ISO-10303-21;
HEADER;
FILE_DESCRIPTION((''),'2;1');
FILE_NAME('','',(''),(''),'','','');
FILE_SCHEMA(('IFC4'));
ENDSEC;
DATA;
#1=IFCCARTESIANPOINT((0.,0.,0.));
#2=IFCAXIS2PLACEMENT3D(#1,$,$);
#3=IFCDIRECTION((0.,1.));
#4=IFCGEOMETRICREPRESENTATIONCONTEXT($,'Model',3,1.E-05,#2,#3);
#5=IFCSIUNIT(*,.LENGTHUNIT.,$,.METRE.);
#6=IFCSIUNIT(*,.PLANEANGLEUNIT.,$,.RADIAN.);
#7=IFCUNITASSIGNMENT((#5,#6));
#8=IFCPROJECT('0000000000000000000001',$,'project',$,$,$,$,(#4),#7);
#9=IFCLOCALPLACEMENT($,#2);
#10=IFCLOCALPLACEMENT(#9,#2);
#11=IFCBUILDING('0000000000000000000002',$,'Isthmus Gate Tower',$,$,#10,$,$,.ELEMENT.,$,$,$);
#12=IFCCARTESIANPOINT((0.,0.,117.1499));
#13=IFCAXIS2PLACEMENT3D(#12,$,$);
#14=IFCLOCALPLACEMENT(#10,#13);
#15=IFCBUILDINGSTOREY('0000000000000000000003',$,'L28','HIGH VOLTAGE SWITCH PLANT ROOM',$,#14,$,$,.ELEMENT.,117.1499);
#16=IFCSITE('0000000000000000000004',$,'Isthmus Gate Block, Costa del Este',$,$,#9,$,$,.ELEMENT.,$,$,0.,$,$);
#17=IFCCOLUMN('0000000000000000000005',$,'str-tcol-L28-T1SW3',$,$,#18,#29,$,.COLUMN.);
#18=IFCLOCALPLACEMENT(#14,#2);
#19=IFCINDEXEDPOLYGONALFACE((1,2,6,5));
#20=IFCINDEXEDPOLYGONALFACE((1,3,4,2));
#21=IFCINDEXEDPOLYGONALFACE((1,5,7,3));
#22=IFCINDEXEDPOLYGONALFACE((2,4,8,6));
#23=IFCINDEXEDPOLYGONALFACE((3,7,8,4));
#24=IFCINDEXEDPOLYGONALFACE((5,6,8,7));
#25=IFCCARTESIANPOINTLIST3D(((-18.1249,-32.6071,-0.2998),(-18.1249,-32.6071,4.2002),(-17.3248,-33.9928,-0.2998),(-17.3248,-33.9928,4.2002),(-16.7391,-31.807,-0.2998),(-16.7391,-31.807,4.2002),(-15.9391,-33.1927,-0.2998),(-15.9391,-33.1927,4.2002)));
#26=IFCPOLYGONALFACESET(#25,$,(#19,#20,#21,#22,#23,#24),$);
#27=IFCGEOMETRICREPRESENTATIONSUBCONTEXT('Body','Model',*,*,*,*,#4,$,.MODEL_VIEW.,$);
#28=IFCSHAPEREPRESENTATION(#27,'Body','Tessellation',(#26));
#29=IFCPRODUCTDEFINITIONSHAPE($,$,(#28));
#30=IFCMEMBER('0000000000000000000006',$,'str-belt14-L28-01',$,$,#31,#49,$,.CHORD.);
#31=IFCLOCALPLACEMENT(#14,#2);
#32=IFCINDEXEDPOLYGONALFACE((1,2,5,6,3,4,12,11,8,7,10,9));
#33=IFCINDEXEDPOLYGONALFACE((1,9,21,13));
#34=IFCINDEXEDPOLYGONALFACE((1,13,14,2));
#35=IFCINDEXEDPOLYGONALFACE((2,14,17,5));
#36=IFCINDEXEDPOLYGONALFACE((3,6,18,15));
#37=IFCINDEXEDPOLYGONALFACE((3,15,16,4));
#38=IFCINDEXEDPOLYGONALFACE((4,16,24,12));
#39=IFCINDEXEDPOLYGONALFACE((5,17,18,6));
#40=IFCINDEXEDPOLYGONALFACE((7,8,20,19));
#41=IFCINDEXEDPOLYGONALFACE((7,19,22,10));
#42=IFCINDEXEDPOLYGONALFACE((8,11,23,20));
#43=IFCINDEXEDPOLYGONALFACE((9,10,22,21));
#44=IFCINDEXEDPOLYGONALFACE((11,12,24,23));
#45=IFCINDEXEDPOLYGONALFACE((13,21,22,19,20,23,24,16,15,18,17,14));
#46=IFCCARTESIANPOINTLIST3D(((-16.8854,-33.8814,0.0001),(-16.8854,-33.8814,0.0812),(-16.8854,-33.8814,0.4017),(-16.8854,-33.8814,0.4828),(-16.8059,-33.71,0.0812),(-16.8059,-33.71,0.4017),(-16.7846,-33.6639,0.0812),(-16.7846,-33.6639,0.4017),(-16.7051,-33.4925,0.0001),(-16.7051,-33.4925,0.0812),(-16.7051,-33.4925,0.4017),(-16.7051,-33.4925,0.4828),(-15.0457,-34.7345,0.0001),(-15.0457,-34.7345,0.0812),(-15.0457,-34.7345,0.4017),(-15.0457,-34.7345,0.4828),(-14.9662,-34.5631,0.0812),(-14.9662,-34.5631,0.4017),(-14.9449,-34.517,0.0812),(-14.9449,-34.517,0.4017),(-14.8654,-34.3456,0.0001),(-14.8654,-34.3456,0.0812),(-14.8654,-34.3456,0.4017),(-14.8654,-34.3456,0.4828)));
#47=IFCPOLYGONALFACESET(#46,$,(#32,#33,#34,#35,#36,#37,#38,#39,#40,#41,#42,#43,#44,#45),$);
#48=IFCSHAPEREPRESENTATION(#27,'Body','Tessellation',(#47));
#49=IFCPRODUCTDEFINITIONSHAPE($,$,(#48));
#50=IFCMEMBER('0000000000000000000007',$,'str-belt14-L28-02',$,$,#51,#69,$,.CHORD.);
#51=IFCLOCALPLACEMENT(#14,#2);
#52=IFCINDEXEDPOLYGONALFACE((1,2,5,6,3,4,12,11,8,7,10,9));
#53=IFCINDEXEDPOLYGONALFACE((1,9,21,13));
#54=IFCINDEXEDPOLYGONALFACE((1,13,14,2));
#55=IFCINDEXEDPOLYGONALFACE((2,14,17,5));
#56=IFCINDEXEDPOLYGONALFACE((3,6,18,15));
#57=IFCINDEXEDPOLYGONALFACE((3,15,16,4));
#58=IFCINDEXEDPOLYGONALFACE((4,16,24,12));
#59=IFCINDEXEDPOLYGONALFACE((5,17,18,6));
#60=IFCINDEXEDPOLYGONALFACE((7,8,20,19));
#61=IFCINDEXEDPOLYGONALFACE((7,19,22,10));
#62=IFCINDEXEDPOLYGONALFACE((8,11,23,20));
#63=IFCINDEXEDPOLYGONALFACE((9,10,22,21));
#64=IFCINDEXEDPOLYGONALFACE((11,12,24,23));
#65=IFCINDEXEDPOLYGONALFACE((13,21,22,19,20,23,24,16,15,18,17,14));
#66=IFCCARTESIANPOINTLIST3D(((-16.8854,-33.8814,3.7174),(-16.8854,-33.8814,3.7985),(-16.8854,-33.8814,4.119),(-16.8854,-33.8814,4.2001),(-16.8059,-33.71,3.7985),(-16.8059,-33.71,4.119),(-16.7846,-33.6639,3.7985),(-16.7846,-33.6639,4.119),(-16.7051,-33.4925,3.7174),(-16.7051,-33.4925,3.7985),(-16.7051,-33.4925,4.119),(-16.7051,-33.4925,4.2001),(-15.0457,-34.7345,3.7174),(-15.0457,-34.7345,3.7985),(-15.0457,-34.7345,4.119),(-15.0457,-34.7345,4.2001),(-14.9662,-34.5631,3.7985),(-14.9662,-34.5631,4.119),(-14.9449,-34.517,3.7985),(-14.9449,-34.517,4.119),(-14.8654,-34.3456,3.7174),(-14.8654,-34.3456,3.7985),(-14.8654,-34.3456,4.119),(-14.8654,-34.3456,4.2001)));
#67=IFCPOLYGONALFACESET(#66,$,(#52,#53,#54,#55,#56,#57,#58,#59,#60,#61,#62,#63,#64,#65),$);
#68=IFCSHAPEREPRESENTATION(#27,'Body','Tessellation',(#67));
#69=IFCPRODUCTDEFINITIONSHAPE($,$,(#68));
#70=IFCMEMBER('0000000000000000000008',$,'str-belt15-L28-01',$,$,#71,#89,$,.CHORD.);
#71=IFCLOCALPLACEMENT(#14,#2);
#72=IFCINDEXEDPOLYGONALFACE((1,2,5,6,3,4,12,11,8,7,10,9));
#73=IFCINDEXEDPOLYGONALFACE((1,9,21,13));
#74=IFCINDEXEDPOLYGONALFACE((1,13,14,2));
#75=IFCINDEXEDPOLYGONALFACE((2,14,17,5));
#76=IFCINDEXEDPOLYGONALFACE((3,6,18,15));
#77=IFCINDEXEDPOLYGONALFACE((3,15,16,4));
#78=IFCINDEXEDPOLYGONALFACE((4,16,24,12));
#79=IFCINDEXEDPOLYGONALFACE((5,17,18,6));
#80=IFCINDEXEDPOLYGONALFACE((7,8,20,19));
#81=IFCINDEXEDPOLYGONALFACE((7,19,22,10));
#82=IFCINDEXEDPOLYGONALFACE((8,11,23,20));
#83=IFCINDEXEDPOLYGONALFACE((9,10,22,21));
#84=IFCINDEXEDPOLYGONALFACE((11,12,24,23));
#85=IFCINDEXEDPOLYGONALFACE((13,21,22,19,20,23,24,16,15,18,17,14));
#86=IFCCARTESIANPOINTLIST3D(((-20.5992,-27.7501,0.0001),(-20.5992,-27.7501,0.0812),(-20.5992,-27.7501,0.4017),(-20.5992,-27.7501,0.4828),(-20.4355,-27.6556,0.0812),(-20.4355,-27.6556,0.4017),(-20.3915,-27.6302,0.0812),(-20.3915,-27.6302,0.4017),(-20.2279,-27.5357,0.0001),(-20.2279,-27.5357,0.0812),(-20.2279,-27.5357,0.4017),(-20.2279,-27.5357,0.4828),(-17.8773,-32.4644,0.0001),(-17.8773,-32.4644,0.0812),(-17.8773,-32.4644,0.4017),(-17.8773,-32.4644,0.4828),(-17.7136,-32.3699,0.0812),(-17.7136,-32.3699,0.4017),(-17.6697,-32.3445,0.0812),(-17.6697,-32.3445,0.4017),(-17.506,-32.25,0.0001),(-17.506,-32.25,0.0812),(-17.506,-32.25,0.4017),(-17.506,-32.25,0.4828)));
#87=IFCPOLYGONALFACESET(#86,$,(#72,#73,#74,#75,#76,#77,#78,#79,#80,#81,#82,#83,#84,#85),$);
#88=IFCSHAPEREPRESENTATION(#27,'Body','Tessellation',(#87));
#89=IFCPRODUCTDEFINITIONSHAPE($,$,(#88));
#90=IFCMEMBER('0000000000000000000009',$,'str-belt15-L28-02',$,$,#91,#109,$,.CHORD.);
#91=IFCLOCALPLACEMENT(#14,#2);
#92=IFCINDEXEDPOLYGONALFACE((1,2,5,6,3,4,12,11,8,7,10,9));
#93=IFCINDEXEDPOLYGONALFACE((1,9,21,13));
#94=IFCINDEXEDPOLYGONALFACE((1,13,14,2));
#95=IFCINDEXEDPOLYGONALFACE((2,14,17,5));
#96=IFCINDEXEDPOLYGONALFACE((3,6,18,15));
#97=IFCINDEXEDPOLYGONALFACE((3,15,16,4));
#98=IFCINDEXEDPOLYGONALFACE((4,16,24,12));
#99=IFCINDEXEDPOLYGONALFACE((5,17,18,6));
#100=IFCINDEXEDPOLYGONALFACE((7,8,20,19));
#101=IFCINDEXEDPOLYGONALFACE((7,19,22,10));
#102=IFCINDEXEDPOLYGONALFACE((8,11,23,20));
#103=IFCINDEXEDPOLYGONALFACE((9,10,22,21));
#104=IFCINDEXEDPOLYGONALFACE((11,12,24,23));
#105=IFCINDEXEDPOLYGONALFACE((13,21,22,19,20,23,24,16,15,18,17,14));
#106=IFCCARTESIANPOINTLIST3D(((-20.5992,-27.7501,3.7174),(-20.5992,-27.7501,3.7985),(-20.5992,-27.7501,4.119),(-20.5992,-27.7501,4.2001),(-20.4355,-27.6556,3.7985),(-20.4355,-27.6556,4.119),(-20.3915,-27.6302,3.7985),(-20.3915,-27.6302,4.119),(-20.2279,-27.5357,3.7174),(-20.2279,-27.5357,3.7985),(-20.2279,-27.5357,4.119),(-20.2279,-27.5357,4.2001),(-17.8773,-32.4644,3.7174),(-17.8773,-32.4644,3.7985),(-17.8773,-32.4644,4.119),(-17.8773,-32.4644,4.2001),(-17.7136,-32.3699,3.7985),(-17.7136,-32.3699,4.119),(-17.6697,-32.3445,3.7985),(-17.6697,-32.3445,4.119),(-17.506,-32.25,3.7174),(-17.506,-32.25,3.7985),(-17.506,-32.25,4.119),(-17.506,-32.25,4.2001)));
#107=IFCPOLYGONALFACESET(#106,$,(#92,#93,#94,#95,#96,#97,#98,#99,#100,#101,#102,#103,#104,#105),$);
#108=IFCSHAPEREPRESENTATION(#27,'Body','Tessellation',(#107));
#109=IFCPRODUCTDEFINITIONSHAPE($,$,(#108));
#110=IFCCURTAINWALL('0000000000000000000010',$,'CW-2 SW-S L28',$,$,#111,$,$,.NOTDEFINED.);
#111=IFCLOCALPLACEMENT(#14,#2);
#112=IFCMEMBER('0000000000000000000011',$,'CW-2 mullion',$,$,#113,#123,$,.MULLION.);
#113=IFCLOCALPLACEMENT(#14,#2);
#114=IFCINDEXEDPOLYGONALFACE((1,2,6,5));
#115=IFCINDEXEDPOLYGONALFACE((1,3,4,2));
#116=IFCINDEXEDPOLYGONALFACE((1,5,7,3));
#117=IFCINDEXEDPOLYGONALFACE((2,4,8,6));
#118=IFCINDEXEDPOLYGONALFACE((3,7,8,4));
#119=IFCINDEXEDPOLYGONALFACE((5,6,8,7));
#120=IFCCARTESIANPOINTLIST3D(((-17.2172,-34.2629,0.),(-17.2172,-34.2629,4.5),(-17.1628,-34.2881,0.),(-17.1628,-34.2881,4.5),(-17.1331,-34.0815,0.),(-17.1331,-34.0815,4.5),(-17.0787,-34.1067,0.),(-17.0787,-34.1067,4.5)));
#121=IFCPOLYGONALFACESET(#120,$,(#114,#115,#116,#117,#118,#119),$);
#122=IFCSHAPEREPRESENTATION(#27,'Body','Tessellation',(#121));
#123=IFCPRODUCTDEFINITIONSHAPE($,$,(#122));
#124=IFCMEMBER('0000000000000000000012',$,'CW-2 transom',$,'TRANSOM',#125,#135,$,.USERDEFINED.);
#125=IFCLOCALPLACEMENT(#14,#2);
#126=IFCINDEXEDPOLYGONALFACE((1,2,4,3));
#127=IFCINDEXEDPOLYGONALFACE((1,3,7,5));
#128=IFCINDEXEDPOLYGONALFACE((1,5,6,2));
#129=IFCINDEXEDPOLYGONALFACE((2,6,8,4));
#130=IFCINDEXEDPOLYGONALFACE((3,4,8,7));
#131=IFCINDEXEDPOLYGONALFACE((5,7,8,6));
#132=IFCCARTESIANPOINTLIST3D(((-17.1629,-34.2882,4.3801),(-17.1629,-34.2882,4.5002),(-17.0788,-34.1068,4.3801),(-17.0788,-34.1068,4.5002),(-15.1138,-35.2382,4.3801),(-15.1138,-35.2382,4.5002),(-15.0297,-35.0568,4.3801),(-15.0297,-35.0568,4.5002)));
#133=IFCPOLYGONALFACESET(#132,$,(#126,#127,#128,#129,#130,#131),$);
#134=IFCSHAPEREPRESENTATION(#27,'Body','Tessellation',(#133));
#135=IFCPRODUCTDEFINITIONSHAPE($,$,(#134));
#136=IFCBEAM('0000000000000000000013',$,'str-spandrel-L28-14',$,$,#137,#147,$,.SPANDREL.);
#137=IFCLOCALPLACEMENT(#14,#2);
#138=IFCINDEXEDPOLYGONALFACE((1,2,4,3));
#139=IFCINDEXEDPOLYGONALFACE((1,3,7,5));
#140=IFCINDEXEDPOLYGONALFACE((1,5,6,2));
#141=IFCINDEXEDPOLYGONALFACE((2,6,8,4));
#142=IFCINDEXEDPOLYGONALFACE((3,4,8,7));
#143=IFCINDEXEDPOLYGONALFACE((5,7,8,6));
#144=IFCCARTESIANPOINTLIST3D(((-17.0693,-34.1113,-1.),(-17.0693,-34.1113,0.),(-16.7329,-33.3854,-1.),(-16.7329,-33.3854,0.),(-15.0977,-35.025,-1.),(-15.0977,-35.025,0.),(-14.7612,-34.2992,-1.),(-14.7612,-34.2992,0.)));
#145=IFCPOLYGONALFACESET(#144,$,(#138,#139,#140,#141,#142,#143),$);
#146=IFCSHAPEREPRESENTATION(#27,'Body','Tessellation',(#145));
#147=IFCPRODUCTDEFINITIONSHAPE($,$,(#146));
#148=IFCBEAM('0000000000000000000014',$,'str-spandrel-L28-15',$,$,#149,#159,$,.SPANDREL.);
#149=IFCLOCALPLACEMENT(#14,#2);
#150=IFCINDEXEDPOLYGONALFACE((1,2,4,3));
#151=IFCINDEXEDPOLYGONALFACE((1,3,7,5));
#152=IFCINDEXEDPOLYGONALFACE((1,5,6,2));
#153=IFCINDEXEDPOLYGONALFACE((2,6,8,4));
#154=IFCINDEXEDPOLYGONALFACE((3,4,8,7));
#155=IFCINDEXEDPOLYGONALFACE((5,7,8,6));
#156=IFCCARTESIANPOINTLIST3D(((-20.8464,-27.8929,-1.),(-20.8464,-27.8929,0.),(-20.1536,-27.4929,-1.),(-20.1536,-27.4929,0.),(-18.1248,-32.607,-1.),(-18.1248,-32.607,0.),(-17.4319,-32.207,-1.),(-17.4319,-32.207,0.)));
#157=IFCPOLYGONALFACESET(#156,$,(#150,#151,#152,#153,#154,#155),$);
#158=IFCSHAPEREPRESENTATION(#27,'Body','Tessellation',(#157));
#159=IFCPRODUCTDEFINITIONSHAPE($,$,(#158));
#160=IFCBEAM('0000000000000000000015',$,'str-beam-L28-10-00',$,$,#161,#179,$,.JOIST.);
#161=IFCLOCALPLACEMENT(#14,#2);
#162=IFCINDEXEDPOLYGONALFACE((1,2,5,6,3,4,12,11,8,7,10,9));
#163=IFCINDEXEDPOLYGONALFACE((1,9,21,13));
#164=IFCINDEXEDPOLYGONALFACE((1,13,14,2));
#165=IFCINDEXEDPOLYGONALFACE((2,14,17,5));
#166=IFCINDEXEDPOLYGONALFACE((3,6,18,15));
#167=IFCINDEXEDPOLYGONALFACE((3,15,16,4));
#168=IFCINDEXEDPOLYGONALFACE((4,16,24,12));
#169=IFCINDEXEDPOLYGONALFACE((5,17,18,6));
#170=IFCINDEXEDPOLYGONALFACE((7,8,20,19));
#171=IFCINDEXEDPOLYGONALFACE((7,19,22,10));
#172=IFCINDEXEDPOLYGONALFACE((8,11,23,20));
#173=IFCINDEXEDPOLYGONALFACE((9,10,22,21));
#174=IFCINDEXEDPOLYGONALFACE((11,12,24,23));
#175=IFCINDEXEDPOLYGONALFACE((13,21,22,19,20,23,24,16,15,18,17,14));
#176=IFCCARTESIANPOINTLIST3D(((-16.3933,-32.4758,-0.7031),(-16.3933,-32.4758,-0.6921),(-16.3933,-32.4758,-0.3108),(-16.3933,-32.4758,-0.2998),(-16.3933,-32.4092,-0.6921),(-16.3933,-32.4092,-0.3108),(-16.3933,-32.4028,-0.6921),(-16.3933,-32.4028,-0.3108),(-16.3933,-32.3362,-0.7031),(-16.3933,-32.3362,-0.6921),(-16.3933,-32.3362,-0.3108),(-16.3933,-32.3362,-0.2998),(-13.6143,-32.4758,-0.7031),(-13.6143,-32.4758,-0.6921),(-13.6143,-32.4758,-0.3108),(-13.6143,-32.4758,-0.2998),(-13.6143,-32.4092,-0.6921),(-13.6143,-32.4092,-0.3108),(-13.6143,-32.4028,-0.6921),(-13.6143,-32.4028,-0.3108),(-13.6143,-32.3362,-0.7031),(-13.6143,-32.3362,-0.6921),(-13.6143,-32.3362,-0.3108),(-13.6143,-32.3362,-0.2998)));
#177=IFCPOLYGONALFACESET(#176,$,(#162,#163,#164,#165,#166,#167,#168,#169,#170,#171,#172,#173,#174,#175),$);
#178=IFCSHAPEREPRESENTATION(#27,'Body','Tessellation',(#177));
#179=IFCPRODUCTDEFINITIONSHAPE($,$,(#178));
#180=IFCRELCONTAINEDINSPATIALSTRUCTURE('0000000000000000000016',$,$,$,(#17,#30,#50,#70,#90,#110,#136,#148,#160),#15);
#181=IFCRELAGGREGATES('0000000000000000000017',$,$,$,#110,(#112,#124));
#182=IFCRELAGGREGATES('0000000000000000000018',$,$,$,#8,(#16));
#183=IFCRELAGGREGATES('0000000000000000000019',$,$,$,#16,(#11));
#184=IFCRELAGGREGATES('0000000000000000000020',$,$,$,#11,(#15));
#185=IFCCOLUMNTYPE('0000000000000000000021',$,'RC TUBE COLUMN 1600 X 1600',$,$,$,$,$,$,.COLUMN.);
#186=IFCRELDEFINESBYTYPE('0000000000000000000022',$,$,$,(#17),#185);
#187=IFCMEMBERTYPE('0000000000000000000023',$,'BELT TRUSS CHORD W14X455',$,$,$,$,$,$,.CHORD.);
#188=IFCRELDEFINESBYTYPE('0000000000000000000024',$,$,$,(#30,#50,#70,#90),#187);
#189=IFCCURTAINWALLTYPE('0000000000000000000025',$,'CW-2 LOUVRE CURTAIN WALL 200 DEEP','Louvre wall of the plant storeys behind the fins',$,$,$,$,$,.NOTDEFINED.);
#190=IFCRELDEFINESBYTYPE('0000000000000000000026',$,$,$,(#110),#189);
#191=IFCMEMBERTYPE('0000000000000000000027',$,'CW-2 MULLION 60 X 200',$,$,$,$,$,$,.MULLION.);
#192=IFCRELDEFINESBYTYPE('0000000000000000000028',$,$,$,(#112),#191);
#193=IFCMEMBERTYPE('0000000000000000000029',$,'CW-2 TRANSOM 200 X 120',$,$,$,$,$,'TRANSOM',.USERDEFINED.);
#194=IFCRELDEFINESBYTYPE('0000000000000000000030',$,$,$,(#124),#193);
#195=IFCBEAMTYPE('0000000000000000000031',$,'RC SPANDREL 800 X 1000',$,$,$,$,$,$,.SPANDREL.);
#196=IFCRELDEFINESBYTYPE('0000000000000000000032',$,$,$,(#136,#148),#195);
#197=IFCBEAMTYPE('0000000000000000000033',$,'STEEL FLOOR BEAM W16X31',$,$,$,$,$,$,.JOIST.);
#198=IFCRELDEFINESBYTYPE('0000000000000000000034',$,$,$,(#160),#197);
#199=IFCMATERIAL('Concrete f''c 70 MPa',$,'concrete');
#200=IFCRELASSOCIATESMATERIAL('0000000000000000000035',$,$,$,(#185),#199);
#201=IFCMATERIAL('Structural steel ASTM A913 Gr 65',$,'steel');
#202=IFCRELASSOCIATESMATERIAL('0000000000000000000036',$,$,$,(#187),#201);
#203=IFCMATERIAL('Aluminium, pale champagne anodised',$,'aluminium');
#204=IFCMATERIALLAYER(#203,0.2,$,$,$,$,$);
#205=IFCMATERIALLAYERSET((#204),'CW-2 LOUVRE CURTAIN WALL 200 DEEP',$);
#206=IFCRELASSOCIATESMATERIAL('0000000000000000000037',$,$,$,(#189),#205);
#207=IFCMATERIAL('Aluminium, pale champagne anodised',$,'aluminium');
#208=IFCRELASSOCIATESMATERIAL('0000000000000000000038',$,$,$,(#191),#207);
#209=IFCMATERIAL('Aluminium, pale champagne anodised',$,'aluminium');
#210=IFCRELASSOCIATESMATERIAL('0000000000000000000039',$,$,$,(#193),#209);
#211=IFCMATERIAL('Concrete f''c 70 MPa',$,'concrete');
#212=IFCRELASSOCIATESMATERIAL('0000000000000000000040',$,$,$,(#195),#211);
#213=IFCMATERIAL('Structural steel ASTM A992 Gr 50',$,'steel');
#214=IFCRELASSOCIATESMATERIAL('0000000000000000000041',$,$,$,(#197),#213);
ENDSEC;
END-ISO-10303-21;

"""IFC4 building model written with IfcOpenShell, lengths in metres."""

from ifc_helpers import new_model, si_unit, direction, frame, origin, origin_2d, place, context, subcontext, project, spatial, rectangle, i_section, extrude, material, layer, layer_set, material_profile, profile_set, type_object, element, aggregate, save


model = new_model("IFC4")

# Units and contexts
model_context = context("Model", 3, precision=1e-05, world=origin(), true_north=direction((0.0, 1.0)))
body_context = subcontext(model_context, "Body", "Model", "MODEL_VIEW")
ifc_project = project(units=[si_unit("LENGTHUNIT", "METRE"), si_unit("PLANEANGLEUNIT", "RADIAN")], contexts=[model_context])

# Site, building, storey
site_placement = place(None, origin())
site = spatial("IfcSite", under=ifc_project, at=site_placement, Name="Isthmus Gate Block, Costa del Este", CompositionType="ELEMENT", RefElevation=0.0)
building_placement = place(site_placement, origin())
building = spatial("IfcBuilding", under=site, at=building_placement, Name="Isthmus Gate Tower", CompositionType="ELEMENT")
storey_placement = place(building_placement, frame((0.0, 0.0, 117.1499)))
storey = spatial("IfcBuildingStorey", under=building, at=storey_placement, Name="L28", Description="HIGH VOLTAGE SWITCH PLANT ROOM", CompositionType="ELEMENT", Elevation=117.1499)

# Column
ifc_material_1 = material(Name="Concrete f'c 70 MPa", Category="concrete")
ifc_material_profile_1 = material_profile(ifc_material_1, rectangle(XDim=1.6001, YDim=1.6001, at=origin_2d()), Name="RC 1600X1600")
ifc_profile_set_1 = profile_set([ifc_material_profile_1], Name="Concrete f'c 70 MPa")
column_type = type_object("IfcColumnType", Name="RC TUBE COLUMN 1600 X 1600", PredefinedType="COLUMN", material=ifc_profile_set_1)
column_placement = place(storey_placement, frame((-17.032, -32.8999, -0.2998), z_axis=(0.0, 0.0, 1.0), x_axis=(0.5, -0.866025, 0.0)))
element("IfcColumn", 1, at=column_placement, inside=storey, type_object=column_type, Name="str-tcol-L28-T1SW3", PredefinedType="COLUMN", context=body_context, shape_type="SweptSolid", body=[
    extrude(rectangle(XDim=1.6001, YDim=1.6001, at=origin_2d()), origin(), (0.0, 0.0, 1.0), 4.5),
])

# Members
ifc_material_2 = material(Name="Structural steel ASTM A913 Gr 65", Category="steel")
ifc_material_profile_2 = material_profile(ifc_material_2, i_section(OverallWidth=0.4287, OverallDepth=0.4827, WebThickness=0.0508, FlangeThickness=0.0811, at=origin_2d()), Name="W14X455")
ifc_profile_set_2 = profile_set([ifc_material_profile_2], Name="Structural steel ASTM A913 Gr 65")
member_type_1 = type_object("IfcMemberType", Name="BELT TRUSS CHORD W14X455", PredefinedType="CHORD", material=ifc_profile_set_2)
for number, where, z_axis, x_axis, name in (
    (2, (-14.9556, -34.54, 0.2415), (-0.907211, 0.420676, 0.0), (-0.420676, -0.907211, 0.0), "str-belt14-L28-01"),
    (3, (-14.9556, -34.54, 3.9587), (-0.907211, 0.420676, 0.0), (-0.420676, -0.907211, 0.0), "str-belt14-L28-02"),
):
    element("IfcMember", number, at=place(storey_placement, frame(where, z_axis=z_axis, x_axis=x_axis)), inside=storey, type_object=member_type_1, Name=name, PredefinedType="CHORD", context=body_context, shape_type="SweptSolid", body=[
        extrude(i_section(OverallWidth=0.4287, OverallDepth=0.4827, WebThickness=0.0508, FlangeThickness=0.0811, at=origin_2d()), origin(), (0.0, 0.0, 1.0), 2.0278),
    ])
for number, where, z_axis, x_axis, name in (
    (4, (-17.6917, -32.3572, 0.2415), (-0.500012, 0.866018, 0.0), (-0.866018, -0.500012, 0.0), "str-belt15-L28-01"),
    (5, (-17.6917, -32.3572, 3.9587), (-0.500012, 0.866018, 0.0), (-0.866018, -0.500012, 0.0), "str-belt15-L28-02"),
):
    element("IfcMember", number, at=place(storey_placement, frame(where, z_axis=z_axis, x_axis=x_axis)), inside=storey, type_object=member_type_1, Name=name, PredefinedType="CHORD", context=body_context, shape_type="SweptSolid", body=[
        extrude(i_section(OverallWidth=0.4287, OverallDepth=0.4827, WebThickness=0.0508, FlangeThickness=0.0811, at=origin_2d()), origin(), (0.0, 0.0, 1.0), 5.4436),
    ])

# Curtain wall, members
ifc_material_3 = material(Name="Aluminium, pale champagne anodised", Category="aluminium")
ifc_layer_1 = layer(ifc_material_3, 0.2)
ifc_layer_set_1 = layer_set([ifc_layer_1], Name="CW-2 LOUVRE CURTAIN WALL 200 DEEP")
curtain_wall_type = type_object("IfcCurtainWallType", Name="CW-2 LOUVRE CURTAIN WALL 200 DEEP", Description="Louvre wall of the plant storeys behind the fins", PredefinedType="NOTDEFINED", material=ifc_layer_set_1)
curtain_wall_1_placement = place(storey_placement, origin())
curtain_wall_1 = element("IfcCurtainWall", 6, at=curtain_wall_1_placement, inside=storey, type_object=curtain_wall_type, Name="CW-2 SW-S L28", PredefinedType="NOTDEFINED")
ifc_material_4 = material(Name="Aluminium, pale champagne anodised", Category="aluminium")
ifc_material_profile_3 = material_profile(ifc_material_4, rectangle(XDim=0.0601, YDim=0.2, at=origin_2d()), Name="60x200")
ifc_profile_set_3 = profile_set([ifc_material_profile_3], Name="Aluminium, pale champagne anodised")
member_type_2 = type_object("IfcMemberType", Name="CW-2 MULLION 60 X 200", PredefinedType="MULLION", material=ifc_profile_set_3)
member_1_placement = place(storey_placement, frame((-17.1479, -34.1848, 0.0), z_axis=(0.0, 0.0, 1.0), x_axis=(0.907256, -0.420578, 0.0)))
member_1 = element("IfcMember", 7, at=member_1_placement, type_object=member_type_2, Name="CW-2 mullion", PredefinedType="MULLION", context=body_context, shape_type="SweptSolid", body=[
    extrude(rectangle(XDim=0.0601, YDim=0.2, at=origin_2d()), origin(), (0.0, 0.0, 1.0), 4.5),
])
ifc_material_5 = material(Name="Aluminium, pale champagne anodised", Category="aluminium")
ifc_material_profile_4 = material_profile(ifc_material_5, rectangle(XDim=0.2, YDim=0.1201, at=origin_2d()), Name="200x120")
ifc_profile_set_4 = profile_set([ifc_material_profile_4], Name="Aluminium, pale champagne anodised")
member_type_3 = type_object("IfcMemberType", Name="CW-2 TRANSOM 200 X 120", ElementType="TRANSOM", PredefinedType="USERDEFINED", material=ifc_profile_set_4)
member_2_placement = place(storey_placement, frame((-17.1208, -34.1975, 4.4402), z_axis=(0.907246, -0.4206, 0.0), x_axis=(0.4206, 0.907246, 0.0)))
member_2 = element("IfcMember", 8, at=member_2_placement, type_object=member_type_3, Name="CW-2 transom", ObjectType="TRANSOM", PredefinedType="USERDEFINED", context=body_context, shape_type="SweptSolid", body=[
    extrude(rectangle(XDim=0.2, YDim=0.1201, at=origin_2d()), origin(), (0.0, 0.0, 1.0), 2.2585),
])

# Beams
ifc_material_6 = material(Name="Concrete f'c 70 MPa", Category="concrete")
ifc_material_profile_5 = material_profile(ifc_material_6, rectangle(XDim=0.8, YDim=1.0, at=origin_2d()), Name="RC 800X1000")
ifc_profile_set_5 = profile_set([ifc_material_profile_5], Name="Concrete f'c 70 MPa")
beam_type_1 = type_object("IfcBeamType", Name="RC SPANDREL 800 X 1000", PredefinedType="SPANDREL", material=ifc_profile_set_5)
beam_1_placement = place(storey_placement, frame((-14.9294, -34.6621, -0.5), z_axis=(-0.907291, 0.420504, 0.0), x_axis=(-0.420504, -0.907291, 0.0)))
element("IfcBeam", 9, at=beam_1_placement, inside=storey, type_object=beam_type_1, Name="str-spandrel-L28-14", PredefinedType="SPANDREL", context=body_context, shape_type="SweptSolid", body=[
    extrude(rectangle(XDim=0.8, YDim=1.0, at=origin_2d()), origin(), (0.0, 0.0, 1.0), 2.1731),
])
beam_2_placement = place(storey_placement, frame((-17.7783, -32.407, -0.5), z_axis=(-0.499998, 0.866026, 0.0), x_axis=(-0.866026, -0.499998, 0.0)))
element("IfcBeam", 10, at=beam_2_placement, inside=storey, type_object=beam_type_1, Name="str-spandrel-L28-15", PredefinedType="SPANDREL", context=body_context, shape_type="SweptSolid", body=[
    extrude(rectangle(XDim=0.8, YDim=1.0, at=origin_2d()), origin(), (0.0, 0.0, 1.0), 5.4434),
])
ifc_material_7 = material(Name="Structural steel ASTM A992 Gr 50", Category="steel")
ifc_material_profile_6 = material_profile(ifc_material_7, i_section(OverallWidth=0.1396, OverallDepth=0.4033, WebThickness=0.0063, FlangeThickness=0.011, at=origin_2d()), Name="W16X31")
ifc_profile_set_6 = profile_set([ifc_material_profile_6], Name="Structural steel ASTM A992 Gr 50")
beam_type_2 = type_object("IfcBeamType", Name="STEEL FLOOR BEAM W16X31", PredefinedType="JOIST", material=ifc_profile_set_6)
beam_3_placement = place(storey_placement, frame((-16.3933, -32.406, -0.5015), z_axis=(1.0, 0.0, 0.0), x_axis=(0.0, 1.0, 0.0)))
element("IfcBeam", 11, at=beam_3_placement, inside=storey, type_object=beam_type_2, Name="str-beam-L28-10-00", PredefinedType="JOIST", context=body_context, shape_type="SweptSolid", body=[
    extrude(i_section(OverallWidth=0.1396, OverallDepth=0.4033, WebThickness=0.0063, FlangeThickness=0.011, at=origin_2d()), origin(), (0.0, 0.0, 1.0), 2.7791),
])

aggregate(curtain_wall_1, [member_1, member_2])

save(model, "model.ifc")
